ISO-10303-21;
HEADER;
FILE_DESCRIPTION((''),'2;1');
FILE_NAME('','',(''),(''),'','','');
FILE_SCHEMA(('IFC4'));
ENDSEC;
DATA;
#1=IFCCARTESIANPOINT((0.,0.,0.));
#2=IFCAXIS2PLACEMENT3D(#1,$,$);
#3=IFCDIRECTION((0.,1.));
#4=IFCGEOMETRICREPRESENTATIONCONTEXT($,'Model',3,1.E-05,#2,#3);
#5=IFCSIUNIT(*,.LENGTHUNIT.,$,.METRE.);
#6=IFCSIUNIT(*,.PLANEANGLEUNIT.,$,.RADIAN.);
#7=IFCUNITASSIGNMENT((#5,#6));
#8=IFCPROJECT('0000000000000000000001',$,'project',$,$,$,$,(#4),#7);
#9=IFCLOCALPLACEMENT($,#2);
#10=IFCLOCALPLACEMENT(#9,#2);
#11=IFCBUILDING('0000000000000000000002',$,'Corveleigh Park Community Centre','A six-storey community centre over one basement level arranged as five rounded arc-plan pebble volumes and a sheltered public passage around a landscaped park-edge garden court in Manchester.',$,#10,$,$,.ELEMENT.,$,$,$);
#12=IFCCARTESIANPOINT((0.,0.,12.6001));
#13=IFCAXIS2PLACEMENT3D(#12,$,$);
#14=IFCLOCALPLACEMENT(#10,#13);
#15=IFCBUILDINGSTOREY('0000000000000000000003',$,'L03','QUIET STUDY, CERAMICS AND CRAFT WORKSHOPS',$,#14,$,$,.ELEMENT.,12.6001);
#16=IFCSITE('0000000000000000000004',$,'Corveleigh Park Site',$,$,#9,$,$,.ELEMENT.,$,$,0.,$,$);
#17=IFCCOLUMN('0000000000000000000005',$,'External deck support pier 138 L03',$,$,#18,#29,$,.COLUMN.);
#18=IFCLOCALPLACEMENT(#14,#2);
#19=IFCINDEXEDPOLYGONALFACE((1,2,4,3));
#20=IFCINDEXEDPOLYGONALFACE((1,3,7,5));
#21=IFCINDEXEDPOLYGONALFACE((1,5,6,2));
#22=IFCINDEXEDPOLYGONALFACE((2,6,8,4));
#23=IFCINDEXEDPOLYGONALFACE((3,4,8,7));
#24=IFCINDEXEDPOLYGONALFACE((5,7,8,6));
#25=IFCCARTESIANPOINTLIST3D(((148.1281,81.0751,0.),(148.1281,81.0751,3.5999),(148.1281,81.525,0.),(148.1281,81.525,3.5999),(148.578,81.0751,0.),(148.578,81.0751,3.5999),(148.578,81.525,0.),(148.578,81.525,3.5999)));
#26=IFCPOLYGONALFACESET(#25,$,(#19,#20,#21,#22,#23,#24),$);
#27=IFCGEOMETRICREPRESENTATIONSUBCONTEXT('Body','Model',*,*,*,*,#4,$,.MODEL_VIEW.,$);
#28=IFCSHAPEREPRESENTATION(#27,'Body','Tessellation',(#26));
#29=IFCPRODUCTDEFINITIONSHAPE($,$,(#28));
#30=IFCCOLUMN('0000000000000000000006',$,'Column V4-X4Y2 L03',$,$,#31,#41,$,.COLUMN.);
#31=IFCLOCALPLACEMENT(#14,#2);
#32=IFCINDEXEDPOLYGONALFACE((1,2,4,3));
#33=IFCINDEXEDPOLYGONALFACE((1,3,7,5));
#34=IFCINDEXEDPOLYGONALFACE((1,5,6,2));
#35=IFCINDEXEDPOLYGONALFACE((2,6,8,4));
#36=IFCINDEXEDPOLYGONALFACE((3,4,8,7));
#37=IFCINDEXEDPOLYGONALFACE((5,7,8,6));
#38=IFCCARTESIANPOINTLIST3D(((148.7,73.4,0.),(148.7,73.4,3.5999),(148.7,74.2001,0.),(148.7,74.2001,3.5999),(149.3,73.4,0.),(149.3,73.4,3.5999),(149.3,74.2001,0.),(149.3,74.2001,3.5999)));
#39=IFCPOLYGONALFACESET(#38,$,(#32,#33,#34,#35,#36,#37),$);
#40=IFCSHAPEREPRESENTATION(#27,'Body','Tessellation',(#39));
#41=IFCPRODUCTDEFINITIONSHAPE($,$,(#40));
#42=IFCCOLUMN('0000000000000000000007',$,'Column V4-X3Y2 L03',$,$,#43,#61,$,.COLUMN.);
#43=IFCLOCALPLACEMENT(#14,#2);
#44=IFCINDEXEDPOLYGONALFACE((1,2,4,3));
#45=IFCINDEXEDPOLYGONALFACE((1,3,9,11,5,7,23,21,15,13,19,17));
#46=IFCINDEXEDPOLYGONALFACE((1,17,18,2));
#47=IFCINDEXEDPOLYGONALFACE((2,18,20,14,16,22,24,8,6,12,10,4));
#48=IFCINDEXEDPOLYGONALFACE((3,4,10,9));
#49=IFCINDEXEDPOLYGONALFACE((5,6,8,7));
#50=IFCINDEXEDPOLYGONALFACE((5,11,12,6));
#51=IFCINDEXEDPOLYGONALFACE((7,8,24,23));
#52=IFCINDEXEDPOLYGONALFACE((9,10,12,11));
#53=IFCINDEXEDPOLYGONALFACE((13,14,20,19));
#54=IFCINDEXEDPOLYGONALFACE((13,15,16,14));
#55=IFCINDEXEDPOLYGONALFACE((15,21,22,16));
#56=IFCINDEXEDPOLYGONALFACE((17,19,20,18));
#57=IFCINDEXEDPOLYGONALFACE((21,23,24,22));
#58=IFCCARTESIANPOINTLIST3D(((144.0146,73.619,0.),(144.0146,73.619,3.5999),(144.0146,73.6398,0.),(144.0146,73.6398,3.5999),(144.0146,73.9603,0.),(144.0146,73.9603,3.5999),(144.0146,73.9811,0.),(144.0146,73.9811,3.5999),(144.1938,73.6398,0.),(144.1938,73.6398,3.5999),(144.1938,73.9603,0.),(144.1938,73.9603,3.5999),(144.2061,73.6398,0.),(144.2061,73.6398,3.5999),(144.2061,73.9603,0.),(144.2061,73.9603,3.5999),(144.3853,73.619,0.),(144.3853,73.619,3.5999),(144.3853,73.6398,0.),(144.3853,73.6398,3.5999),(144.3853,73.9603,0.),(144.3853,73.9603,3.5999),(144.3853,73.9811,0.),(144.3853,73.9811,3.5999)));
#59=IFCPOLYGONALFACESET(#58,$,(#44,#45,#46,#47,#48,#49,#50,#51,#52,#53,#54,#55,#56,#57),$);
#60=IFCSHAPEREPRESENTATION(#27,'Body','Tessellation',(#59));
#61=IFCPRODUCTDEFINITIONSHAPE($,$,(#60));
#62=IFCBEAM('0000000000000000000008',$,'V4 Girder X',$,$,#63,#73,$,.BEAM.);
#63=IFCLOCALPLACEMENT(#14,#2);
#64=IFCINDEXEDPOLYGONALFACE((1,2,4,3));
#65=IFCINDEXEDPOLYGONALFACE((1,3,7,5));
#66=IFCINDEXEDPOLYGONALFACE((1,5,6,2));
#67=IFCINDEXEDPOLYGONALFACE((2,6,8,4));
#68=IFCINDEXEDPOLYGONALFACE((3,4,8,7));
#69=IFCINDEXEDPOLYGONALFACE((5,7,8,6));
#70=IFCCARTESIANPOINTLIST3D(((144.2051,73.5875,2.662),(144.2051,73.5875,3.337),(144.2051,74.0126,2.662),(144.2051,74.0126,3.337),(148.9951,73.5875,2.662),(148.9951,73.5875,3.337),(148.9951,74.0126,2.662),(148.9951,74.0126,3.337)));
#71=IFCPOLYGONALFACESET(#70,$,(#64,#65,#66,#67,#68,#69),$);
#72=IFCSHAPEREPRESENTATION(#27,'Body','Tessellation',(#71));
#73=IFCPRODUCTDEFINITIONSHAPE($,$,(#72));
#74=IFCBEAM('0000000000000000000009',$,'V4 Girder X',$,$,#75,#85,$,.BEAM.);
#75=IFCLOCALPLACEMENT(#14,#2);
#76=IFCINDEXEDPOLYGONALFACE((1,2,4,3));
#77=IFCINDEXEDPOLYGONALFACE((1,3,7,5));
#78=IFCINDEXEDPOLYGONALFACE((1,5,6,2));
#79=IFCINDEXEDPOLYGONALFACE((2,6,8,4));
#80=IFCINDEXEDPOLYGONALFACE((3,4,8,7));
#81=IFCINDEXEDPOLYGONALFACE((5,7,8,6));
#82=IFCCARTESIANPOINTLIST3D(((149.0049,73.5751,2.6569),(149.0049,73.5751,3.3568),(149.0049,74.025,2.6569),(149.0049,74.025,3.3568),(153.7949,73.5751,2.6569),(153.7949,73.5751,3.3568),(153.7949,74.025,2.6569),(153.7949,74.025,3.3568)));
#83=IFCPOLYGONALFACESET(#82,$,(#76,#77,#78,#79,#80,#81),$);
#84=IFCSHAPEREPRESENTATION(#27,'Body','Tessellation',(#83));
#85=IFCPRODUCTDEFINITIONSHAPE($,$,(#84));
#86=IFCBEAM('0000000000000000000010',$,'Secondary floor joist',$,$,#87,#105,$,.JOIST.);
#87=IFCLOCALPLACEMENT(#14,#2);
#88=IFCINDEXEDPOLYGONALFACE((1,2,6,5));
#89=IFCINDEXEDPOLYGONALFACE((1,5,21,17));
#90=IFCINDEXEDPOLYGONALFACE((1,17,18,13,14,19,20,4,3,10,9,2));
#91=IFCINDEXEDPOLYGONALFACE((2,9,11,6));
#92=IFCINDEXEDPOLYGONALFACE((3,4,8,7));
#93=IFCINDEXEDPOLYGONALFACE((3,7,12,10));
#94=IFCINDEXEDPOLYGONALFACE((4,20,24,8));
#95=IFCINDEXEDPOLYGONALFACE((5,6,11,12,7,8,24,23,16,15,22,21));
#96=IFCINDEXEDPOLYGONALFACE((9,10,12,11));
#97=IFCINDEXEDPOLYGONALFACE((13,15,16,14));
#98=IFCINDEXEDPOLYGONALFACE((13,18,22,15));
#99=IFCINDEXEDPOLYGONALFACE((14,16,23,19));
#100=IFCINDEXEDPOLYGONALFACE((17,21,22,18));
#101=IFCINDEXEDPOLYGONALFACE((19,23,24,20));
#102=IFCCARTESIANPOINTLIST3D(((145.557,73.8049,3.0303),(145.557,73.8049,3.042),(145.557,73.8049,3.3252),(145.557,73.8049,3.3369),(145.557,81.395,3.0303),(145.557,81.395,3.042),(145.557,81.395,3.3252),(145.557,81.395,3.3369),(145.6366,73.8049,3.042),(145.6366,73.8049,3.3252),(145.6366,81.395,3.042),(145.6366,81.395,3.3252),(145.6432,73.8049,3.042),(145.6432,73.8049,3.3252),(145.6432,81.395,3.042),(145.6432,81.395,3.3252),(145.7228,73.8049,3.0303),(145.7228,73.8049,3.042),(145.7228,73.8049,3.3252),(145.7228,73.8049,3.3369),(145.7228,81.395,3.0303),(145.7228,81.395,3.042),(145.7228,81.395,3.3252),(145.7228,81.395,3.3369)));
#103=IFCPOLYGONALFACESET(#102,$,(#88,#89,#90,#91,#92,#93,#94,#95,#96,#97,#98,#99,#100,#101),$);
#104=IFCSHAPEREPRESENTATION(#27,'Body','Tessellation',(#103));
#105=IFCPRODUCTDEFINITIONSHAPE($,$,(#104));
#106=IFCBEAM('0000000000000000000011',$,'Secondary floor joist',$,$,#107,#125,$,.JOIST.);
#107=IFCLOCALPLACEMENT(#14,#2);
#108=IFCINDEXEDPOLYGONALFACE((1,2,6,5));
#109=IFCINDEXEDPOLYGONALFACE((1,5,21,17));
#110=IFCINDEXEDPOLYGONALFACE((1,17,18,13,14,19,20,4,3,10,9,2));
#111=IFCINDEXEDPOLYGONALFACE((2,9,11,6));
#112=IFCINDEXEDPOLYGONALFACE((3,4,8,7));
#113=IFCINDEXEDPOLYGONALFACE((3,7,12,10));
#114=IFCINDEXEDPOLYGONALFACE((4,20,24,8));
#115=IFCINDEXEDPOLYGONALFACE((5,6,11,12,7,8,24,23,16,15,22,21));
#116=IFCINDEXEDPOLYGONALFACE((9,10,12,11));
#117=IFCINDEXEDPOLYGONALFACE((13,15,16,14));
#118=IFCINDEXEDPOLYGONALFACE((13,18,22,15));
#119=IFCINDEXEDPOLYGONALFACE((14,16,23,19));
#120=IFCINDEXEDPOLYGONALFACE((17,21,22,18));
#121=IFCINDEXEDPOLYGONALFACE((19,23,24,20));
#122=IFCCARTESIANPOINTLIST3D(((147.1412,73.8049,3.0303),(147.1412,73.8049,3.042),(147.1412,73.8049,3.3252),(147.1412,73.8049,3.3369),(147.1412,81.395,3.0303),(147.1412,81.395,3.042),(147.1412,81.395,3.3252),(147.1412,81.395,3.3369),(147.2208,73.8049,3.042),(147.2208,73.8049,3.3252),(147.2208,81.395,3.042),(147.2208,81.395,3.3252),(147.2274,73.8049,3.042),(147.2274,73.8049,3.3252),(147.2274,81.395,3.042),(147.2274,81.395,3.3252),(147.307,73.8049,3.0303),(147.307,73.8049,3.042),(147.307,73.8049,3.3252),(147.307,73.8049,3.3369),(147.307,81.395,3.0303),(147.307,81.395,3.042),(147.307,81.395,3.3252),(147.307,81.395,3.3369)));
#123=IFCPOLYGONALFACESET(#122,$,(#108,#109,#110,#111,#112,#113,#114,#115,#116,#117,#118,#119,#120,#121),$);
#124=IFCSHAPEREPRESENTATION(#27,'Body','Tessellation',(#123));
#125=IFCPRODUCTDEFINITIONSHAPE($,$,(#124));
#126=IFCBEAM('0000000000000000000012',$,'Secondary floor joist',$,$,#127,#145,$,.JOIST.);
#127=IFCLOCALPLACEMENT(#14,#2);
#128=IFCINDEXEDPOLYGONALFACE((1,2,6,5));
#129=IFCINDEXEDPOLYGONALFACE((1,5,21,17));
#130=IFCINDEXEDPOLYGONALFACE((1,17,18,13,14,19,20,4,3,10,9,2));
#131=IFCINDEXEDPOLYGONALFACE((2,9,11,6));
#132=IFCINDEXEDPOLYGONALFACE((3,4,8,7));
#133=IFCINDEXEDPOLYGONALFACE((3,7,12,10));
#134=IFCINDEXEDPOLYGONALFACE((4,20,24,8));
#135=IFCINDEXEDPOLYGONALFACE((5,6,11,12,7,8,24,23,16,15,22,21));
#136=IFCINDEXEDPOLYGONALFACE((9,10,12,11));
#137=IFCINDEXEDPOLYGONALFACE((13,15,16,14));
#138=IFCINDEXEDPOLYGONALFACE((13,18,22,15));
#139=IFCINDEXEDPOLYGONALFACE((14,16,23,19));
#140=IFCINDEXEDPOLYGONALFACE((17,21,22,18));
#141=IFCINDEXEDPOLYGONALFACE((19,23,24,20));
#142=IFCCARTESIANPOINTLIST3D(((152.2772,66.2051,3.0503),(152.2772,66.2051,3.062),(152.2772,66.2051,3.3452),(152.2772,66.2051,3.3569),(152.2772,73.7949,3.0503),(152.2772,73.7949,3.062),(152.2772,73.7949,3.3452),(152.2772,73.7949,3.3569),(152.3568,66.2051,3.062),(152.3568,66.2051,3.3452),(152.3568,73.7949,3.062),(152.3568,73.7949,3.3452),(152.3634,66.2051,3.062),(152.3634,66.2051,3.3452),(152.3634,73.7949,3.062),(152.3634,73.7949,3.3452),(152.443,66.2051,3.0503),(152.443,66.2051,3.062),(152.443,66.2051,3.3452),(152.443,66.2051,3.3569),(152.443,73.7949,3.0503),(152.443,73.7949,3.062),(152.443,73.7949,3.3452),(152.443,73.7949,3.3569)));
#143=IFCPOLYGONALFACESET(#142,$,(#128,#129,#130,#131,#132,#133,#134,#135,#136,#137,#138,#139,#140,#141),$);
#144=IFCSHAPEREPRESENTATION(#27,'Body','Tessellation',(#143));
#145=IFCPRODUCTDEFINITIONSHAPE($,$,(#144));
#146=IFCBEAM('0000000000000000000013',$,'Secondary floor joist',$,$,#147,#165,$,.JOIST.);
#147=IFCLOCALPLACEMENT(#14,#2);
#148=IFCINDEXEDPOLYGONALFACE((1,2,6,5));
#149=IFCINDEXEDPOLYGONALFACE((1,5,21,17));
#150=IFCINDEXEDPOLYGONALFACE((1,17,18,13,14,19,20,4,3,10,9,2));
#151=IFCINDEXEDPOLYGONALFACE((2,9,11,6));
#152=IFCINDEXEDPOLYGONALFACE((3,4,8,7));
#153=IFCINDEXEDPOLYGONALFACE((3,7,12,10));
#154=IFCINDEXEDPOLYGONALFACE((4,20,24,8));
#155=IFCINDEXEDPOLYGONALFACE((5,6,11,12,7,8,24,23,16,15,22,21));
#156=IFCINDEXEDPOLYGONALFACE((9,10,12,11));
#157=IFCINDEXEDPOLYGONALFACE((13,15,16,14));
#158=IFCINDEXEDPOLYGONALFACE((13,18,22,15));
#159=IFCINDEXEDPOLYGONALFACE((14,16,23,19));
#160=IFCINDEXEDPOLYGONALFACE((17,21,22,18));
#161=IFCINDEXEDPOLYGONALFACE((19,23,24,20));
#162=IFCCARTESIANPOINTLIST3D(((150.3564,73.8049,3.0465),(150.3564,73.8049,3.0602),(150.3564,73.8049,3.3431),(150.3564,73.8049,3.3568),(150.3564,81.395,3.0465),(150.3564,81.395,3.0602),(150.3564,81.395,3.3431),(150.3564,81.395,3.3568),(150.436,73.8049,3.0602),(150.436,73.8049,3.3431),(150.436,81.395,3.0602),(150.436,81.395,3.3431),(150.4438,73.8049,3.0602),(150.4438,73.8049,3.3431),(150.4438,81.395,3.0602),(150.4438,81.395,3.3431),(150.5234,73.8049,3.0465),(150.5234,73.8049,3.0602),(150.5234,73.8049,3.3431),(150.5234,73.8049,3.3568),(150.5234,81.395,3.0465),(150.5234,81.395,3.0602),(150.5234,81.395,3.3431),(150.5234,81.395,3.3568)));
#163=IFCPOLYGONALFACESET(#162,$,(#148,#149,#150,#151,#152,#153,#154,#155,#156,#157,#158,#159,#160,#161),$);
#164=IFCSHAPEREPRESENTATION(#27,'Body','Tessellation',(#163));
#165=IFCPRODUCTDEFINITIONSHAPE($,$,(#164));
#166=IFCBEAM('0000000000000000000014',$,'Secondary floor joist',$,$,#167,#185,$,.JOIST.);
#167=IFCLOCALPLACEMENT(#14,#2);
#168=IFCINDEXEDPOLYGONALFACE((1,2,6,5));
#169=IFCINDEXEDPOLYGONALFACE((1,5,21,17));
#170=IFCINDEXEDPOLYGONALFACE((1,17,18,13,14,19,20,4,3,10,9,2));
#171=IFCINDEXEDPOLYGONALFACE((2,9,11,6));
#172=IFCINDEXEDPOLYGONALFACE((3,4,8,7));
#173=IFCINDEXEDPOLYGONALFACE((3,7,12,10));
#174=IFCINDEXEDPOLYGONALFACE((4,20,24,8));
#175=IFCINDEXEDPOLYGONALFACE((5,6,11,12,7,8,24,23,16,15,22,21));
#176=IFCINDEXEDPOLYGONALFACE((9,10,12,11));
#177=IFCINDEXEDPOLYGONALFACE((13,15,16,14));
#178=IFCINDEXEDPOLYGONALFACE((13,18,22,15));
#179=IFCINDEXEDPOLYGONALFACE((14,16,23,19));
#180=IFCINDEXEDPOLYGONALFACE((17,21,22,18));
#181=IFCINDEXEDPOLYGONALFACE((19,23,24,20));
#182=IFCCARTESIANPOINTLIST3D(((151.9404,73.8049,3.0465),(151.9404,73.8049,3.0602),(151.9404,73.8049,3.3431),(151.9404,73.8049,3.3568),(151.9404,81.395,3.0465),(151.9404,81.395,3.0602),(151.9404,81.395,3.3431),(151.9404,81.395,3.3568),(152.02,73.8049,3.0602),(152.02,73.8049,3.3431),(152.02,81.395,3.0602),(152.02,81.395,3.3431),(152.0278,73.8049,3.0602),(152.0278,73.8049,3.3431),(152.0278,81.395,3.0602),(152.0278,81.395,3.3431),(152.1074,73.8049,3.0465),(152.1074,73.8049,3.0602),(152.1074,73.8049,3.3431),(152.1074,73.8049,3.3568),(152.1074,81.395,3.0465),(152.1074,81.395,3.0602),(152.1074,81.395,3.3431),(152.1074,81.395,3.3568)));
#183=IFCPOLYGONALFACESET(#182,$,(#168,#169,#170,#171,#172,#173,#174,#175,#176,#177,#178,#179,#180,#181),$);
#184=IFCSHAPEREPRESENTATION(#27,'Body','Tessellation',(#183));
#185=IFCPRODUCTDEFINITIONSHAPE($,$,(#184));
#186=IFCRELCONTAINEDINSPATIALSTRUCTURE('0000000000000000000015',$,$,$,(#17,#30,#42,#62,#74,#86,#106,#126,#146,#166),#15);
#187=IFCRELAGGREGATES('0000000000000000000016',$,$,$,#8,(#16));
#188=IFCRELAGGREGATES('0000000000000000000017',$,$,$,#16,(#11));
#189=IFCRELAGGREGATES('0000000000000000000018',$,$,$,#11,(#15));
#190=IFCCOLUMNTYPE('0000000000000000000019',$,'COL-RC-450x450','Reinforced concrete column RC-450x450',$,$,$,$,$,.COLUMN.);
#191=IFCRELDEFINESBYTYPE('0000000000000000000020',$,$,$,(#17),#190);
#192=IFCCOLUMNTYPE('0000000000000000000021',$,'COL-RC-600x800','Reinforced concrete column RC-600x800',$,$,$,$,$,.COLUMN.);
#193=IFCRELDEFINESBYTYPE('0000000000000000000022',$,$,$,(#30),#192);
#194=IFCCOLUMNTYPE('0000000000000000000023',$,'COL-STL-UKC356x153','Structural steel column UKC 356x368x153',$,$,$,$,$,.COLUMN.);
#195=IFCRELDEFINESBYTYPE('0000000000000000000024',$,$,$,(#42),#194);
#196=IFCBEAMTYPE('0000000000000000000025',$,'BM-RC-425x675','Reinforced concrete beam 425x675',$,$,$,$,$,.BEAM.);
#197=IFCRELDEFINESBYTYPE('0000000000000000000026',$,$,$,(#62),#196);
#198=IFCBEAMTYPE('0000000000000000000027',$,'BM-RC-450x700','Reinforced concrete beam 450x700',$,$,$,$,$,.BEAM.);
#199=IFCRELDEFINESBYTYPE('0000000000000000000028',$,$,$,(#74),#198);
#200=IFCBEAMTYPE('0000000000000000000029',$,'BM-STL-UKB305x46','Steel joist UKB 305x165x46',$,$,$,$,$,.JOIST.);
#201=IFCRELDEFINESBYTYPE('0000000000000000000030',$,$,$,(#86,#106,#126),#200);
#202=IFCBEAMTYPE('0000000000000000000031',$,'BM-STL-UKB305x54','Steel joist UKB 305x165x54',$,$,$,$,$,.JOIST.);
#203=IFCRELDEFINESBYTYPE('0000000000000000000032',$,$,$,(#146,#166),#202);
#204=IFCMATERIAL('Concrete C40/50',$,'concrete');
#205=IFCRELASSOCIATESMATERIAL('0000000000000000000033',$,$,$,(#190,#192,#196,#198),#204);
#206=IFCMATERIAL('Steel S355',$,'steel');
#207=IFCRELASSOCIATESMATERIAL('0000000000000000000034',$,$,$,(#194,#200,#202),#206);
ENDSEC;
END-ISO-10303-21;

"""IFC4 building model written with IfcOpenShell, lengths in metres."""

from ifc_helpers import new_model, si_unit, direction, frame, origin, origin_2d, place, context, subcontext, project, spatial, rectangle, i_section, extrude, material, material_profile, profile_set, type_object, element, save


model = new_model("IFC4")

# Units and contexts
model_context = context("Model", 3, precision=1e-05, world=origin(), true_north=direction((0.0, 1.0)))
body_context = subcontext(model_context, "Body", "Model", "MODEL_VIEW")
ifc_project = project(units=[si_unit("LENGTHUNIT", "METRE"), si_unit("PLANEANGLEUNIT", "RADIAN")], contexts=[model_context])

# Site, building, storey
site_placement = place(None, origin())
site = spatial("IfcSite", under=ifc_project, at=site_placement, Name="Corveleigh Park Site", CompositionType="ELEMENT", RefElevation=0.0)
building_placement = place(site_placement, origin())
building = spatial("IfcBuilding", under=site, at=building_placement, Name="Corveleigh Park Community Centre", Description="A six-storey community centre over one basement level arranged as five rounded arc-plan pebble volumes and a sheltered public passage around a landscaped park-edge garden court in Manchester.", CompositionType="ELEMENT")
storey_placement = place(building_placement, frame((0.0, 0.0, 12.6001)))
storey = spatial("IfcBuildingStorey", under=building, at=storey_placement, Name="L03", Description="QUIET STUDY, CERAMICS AND CRAFT WORKSHOPS", CompositionType="ELEMENT", Elevation=12.6001)

# Columns
ifc_material_1 = material(Name="Concrete C40/50", Category="concrete")
ifc_material_profile_1 = material_profile(ifc_material_1, rectangle(XDim=0.45, YDim=0.45, at=origin_2d()), Name="RC-450x450", Category="concrete")
ifc_profile_set_1 = profile_set([ifc_material_profile_1], Name="Concrete C40/50")
column_type_1 = type_object("IfcColumnType", Name="COL-RC-450x450", Description="Reinforced concrete column RC-450x450", PredefinedType="COLUMN", material=ifc_profile_set_1)
column_1_placement = place(storey_placement, frame((148.353, 81.3, 0.0), z_axis=(0.0, 0.0, 1.0), x_axis=(1.0, 0.0, 0.0)))
element("IfcColumn", 1, at=column_1_placement, inside=storey, type_object=column_type_1, Name="External deck support pier 138 L03", PredefinedType="COLUMN", context=body_context, shape_type="SweptSolid", body=[
    extrude(rectangle(XDim=0.45, YDim=0.45, at=origin_2d()), origin(), (0.0, 0.0, 1.0), 3.5999),
])
ifc_material_profile_2 = material_profile(ifc_material_1, rectangle(XDim=0.6001, YDim=0.8, at=origin_2d()), Name="RC-600x800", Category="concrete")
ifc_profile_set_2 = profile_set([ifc_material_profile_2], Name="Concrete C40/50")
column_type_2 = type_object("IfcColumnType", Name="COL-RC-600x800", Description="Reinforced concrete column RC-600x800", PredefinedType="COLUMN", material=ifc_profile_set_2)
column_2_placement = place(storey_placement, frame((149.0, 73.8, 0.0), z_axis=(0.0, 0.0, 1.0), x_axis=(1.0, 0.0, 0.0)))
element("IfcColumn", 2, at=column_2_placement, inside=storey, type_object=column_type_2, Name="Column V4-X4Y2 L03", PredefinedType="COLUMN", context=body_context, shape_type="SweptSolid", body=[
    extrude(rectangle(XDim=0.6001, YDim=0.8, at=origin_2d()), origin(), (0.0, 0.0, 1.0), 3.5999),
])
ifc_material_2 = material(Name="Steel S355", Category="steel")
ifc_material_profile_3 = material_profile(ifc_material_2, i_section(OverallWidth=0.3706, OverallDepth=0.3621, WebThickness=0.0122, FlangeThickness=0.0208, at=origin_2d()), Name="UKC 356x368x153", Category="steel")
ifc_profile_set_3 = profile_set([ifc_material_profile_3], Name="Steel S355")
column_type_3 = type_object("IfcColumnType", Name="COL-STL-UKC356x153", Description="Structural steel column UKC 356x368x153", PredefinedType="COLUMN", material=ifc_profile_set_3)
column_3_placement = place(storey_placement, frame((144.2, 73.8, 0.0), z_axis=(0.0, 0.0, 1.0), x_axis=(1.0, 0.0, 0.0)))
element("IfcColumn", 3, at=column_3_placement, inside=storey, type_object=column_type_3, Name="Column V4-X3Y2 L03", PredefinedType="COLUMN", context=body_context, shape_type="SweptSolid", body=[
    extrude(i_section(OverallWidth=0.3706, OverallDepth=0.3621, WebThickness=0.0122, FlangeThickness=0.0208, at=origin_2d()), origin(), (0.0, 0.0, 1.0), 3.5999),
])

# Beams
ifc_material_profile_4 = material_profile(ifc_material_1, rectangle(XDim=0.425, YDim=0.675, at=origin_2d()), Name="RC-425x675", Category="concrete")
ifc_profile_set_4 = profile_set([ifc_material_profile_4], Name="Concrete C40/50")
beam_type_1 = type_object("IfcBeamType", Name="BM-RC-425x675", Description="Reinforced concrete beam 425x675", PredefinedType="BEAM", material=ifc_profile_set_4)
beam_1_placement = place(storey_placement, frame((144.2051, 73.8, 2.9995), z_axis=(1.0, 0.0, 0.0), x_axis=(0.0, 1.0, 0.0)))
element("IfcBeam", 4, at=beam_1_placement, inside=storey, type_object=beam_type_1, Name="V4 Girder X", PredefinedType="BEAM", context=body_context, shape_type="SweptSolid", body=[
    extrude(rectangle(XDim=0.425, YDim=0.675, at=origin_2d()), origin(), (0.0, 0.0, 1.0), 4.79),
])
ifc_material_profile_5 = material_profile(ifc_material_1, rectangle(XDim=0.45, YDim=0.7, at=origin_2d()), Name="RC-450x700", Category="concrete")
ifc_profile_set_5 = profile_set([ifc_material_profile_5], Name="Concrete C40/50")
beam_type_2 = type_object("IfcBeamType", Name="BM-RC-450x700", Description="Reinforced concrete beam 450x700", PredefinedType="BEAM", material=ifc_profile_set_5)
beam_2_placement = place(storey_placement, frame((149.0049, 73.8, 3.0068), z_axis=(1.0, 0.0, 0.0), x_axis=(0.0, 1.0, 0.0)))
element("IfcBeam", 5, at=beam_2_placement, inside=storey, type_object=beam_type_2, Name="V4 Girder X", PredefinedType="BEAM", context=body_context, shape_type="SweptSolid", body=[
    extrude(rectangle(XDim=0.45, YDim=0.7, at=origin_2d()), origin(), (0.0, 0.0, 1.0), 4.79),
])
ifc_material_profile_6 = material_profile(ifc_material_2, i_section(OverallWidth=0.1658, OverallDepth=0.3066, WebThickness=0.0066, FlangeThickness=0.0117, at=origin_2d()), Name="UKB 305x165x46", Category="steel")
ifc_profile_set_6 = profile_set([ifc_material_profile_6], Name="Steel S355")
beam_type_3 = type_object("IfcBeamType", Name="BM-STL-UKB305x46", Description="Steel joist UKB 305x165x46", PredefinedType="JOIST", material=ifc_profile_set_6)
for number, where, z_axis, x_axis, name in (
    (6, (145.6399, 73.8049, 3.1836), (0.0, 1.0, 0.0), (-1.0, 0.0, 0.0), "Secondary floor joist"),
    (7, (147.2241, 73.8049, 3.1836), (0.0, 1.0, 0.0), (-1.0, 0.0, 0.0), "Secondary floor joist"),
):
    element("IfcBeam", number, at=place(storey_placement, frame(where, z_axis=z_axis, x_axis=x_axis)), inside=storey, type_object=beam_type_3, Name=name, PredefinedType="JOIST", context=body_context, shape_type="SweptSolid", body=[
        extrude(i_section(OverallWidth=0.1658, OverallDepth=0.3066, WebThickness=0.0066, FlangeThickness=0.0117, at=origin_2d()), origin(), (0.0, 0.0, 1.0), 7.5901),
    ])
beam_3_placement = place(storey_placement, frame((152.3601, 66.2051, 3.2036), z_axis=(0.0, 1.0, 0.0), x_axis=(-1.0, 0.0, 0.0)))
element("IfcBeam", 8, at=beam_3_placement, inside=storey, type_object=beam_type_3, Name="Secondary floor joist", PredefinedType="JOIST", context=body_context, shape_type="SweptSolid", body=[
    extrude(i_section(OverallWidth=0.1658, OverallDepth=0.3066, WebThickness=0.0066, FlangeThickness=0.0117, at=origin_2d()), origin(), (0.0, 0.0, 1.0), 7.5898),
])
ifc_material_profile_7 = material_profile(ifc_material_2, i_section(OverallWidth=0.167, OverallDepth=0.3103, WebThickness=0.0078, FlangeThickness=0.0137, at=origin_2d()), Name="UKB 305x165x54", Category="steel")
ifc_profile_set_7 = profile_set([ifc_material_profile_7], Name="Steel S355")
beam_type_4 = type_object("IfcBeamType", Name="BM-STL-UKB305x54", Description="Steel joist UKB 305x165x54", PredefinedType="JOIST", material=ifc_profile_set_7)
for number, where, z_axis, x_axis, name in (
    (9, (150.4399, 73.8049, 3.2017), (0.0, 1.0, 0.0), (-1.0, 0.0, 0.0), "Secondary floor joist"),
    (10, (152.0239, 73.8049, 3.2017), (0.0, 1.0, 0.0), (-1.0, 0.0, 0.0), "Secondary floor joist"),
):
    element("IfcBeam", number, at=place(storey_placement, frame(where, z_axis=z_axis, x_axis=x_axis)), inside=storey, type_object=beam_type_4, Name=name, PredefinedType="JOIST", context=body_context, shape_type="SweptSolid", body=[
        extrude(i_section(OverallWidth=0.167, OverallDepth=0.3103, WebThickness=0.0078, FlangeThickness=0.0137, at=origin_2d()), origin(), (0.0, 0.0, 1.0), 7.5901),
    ])

save(model, "model.ifc")
